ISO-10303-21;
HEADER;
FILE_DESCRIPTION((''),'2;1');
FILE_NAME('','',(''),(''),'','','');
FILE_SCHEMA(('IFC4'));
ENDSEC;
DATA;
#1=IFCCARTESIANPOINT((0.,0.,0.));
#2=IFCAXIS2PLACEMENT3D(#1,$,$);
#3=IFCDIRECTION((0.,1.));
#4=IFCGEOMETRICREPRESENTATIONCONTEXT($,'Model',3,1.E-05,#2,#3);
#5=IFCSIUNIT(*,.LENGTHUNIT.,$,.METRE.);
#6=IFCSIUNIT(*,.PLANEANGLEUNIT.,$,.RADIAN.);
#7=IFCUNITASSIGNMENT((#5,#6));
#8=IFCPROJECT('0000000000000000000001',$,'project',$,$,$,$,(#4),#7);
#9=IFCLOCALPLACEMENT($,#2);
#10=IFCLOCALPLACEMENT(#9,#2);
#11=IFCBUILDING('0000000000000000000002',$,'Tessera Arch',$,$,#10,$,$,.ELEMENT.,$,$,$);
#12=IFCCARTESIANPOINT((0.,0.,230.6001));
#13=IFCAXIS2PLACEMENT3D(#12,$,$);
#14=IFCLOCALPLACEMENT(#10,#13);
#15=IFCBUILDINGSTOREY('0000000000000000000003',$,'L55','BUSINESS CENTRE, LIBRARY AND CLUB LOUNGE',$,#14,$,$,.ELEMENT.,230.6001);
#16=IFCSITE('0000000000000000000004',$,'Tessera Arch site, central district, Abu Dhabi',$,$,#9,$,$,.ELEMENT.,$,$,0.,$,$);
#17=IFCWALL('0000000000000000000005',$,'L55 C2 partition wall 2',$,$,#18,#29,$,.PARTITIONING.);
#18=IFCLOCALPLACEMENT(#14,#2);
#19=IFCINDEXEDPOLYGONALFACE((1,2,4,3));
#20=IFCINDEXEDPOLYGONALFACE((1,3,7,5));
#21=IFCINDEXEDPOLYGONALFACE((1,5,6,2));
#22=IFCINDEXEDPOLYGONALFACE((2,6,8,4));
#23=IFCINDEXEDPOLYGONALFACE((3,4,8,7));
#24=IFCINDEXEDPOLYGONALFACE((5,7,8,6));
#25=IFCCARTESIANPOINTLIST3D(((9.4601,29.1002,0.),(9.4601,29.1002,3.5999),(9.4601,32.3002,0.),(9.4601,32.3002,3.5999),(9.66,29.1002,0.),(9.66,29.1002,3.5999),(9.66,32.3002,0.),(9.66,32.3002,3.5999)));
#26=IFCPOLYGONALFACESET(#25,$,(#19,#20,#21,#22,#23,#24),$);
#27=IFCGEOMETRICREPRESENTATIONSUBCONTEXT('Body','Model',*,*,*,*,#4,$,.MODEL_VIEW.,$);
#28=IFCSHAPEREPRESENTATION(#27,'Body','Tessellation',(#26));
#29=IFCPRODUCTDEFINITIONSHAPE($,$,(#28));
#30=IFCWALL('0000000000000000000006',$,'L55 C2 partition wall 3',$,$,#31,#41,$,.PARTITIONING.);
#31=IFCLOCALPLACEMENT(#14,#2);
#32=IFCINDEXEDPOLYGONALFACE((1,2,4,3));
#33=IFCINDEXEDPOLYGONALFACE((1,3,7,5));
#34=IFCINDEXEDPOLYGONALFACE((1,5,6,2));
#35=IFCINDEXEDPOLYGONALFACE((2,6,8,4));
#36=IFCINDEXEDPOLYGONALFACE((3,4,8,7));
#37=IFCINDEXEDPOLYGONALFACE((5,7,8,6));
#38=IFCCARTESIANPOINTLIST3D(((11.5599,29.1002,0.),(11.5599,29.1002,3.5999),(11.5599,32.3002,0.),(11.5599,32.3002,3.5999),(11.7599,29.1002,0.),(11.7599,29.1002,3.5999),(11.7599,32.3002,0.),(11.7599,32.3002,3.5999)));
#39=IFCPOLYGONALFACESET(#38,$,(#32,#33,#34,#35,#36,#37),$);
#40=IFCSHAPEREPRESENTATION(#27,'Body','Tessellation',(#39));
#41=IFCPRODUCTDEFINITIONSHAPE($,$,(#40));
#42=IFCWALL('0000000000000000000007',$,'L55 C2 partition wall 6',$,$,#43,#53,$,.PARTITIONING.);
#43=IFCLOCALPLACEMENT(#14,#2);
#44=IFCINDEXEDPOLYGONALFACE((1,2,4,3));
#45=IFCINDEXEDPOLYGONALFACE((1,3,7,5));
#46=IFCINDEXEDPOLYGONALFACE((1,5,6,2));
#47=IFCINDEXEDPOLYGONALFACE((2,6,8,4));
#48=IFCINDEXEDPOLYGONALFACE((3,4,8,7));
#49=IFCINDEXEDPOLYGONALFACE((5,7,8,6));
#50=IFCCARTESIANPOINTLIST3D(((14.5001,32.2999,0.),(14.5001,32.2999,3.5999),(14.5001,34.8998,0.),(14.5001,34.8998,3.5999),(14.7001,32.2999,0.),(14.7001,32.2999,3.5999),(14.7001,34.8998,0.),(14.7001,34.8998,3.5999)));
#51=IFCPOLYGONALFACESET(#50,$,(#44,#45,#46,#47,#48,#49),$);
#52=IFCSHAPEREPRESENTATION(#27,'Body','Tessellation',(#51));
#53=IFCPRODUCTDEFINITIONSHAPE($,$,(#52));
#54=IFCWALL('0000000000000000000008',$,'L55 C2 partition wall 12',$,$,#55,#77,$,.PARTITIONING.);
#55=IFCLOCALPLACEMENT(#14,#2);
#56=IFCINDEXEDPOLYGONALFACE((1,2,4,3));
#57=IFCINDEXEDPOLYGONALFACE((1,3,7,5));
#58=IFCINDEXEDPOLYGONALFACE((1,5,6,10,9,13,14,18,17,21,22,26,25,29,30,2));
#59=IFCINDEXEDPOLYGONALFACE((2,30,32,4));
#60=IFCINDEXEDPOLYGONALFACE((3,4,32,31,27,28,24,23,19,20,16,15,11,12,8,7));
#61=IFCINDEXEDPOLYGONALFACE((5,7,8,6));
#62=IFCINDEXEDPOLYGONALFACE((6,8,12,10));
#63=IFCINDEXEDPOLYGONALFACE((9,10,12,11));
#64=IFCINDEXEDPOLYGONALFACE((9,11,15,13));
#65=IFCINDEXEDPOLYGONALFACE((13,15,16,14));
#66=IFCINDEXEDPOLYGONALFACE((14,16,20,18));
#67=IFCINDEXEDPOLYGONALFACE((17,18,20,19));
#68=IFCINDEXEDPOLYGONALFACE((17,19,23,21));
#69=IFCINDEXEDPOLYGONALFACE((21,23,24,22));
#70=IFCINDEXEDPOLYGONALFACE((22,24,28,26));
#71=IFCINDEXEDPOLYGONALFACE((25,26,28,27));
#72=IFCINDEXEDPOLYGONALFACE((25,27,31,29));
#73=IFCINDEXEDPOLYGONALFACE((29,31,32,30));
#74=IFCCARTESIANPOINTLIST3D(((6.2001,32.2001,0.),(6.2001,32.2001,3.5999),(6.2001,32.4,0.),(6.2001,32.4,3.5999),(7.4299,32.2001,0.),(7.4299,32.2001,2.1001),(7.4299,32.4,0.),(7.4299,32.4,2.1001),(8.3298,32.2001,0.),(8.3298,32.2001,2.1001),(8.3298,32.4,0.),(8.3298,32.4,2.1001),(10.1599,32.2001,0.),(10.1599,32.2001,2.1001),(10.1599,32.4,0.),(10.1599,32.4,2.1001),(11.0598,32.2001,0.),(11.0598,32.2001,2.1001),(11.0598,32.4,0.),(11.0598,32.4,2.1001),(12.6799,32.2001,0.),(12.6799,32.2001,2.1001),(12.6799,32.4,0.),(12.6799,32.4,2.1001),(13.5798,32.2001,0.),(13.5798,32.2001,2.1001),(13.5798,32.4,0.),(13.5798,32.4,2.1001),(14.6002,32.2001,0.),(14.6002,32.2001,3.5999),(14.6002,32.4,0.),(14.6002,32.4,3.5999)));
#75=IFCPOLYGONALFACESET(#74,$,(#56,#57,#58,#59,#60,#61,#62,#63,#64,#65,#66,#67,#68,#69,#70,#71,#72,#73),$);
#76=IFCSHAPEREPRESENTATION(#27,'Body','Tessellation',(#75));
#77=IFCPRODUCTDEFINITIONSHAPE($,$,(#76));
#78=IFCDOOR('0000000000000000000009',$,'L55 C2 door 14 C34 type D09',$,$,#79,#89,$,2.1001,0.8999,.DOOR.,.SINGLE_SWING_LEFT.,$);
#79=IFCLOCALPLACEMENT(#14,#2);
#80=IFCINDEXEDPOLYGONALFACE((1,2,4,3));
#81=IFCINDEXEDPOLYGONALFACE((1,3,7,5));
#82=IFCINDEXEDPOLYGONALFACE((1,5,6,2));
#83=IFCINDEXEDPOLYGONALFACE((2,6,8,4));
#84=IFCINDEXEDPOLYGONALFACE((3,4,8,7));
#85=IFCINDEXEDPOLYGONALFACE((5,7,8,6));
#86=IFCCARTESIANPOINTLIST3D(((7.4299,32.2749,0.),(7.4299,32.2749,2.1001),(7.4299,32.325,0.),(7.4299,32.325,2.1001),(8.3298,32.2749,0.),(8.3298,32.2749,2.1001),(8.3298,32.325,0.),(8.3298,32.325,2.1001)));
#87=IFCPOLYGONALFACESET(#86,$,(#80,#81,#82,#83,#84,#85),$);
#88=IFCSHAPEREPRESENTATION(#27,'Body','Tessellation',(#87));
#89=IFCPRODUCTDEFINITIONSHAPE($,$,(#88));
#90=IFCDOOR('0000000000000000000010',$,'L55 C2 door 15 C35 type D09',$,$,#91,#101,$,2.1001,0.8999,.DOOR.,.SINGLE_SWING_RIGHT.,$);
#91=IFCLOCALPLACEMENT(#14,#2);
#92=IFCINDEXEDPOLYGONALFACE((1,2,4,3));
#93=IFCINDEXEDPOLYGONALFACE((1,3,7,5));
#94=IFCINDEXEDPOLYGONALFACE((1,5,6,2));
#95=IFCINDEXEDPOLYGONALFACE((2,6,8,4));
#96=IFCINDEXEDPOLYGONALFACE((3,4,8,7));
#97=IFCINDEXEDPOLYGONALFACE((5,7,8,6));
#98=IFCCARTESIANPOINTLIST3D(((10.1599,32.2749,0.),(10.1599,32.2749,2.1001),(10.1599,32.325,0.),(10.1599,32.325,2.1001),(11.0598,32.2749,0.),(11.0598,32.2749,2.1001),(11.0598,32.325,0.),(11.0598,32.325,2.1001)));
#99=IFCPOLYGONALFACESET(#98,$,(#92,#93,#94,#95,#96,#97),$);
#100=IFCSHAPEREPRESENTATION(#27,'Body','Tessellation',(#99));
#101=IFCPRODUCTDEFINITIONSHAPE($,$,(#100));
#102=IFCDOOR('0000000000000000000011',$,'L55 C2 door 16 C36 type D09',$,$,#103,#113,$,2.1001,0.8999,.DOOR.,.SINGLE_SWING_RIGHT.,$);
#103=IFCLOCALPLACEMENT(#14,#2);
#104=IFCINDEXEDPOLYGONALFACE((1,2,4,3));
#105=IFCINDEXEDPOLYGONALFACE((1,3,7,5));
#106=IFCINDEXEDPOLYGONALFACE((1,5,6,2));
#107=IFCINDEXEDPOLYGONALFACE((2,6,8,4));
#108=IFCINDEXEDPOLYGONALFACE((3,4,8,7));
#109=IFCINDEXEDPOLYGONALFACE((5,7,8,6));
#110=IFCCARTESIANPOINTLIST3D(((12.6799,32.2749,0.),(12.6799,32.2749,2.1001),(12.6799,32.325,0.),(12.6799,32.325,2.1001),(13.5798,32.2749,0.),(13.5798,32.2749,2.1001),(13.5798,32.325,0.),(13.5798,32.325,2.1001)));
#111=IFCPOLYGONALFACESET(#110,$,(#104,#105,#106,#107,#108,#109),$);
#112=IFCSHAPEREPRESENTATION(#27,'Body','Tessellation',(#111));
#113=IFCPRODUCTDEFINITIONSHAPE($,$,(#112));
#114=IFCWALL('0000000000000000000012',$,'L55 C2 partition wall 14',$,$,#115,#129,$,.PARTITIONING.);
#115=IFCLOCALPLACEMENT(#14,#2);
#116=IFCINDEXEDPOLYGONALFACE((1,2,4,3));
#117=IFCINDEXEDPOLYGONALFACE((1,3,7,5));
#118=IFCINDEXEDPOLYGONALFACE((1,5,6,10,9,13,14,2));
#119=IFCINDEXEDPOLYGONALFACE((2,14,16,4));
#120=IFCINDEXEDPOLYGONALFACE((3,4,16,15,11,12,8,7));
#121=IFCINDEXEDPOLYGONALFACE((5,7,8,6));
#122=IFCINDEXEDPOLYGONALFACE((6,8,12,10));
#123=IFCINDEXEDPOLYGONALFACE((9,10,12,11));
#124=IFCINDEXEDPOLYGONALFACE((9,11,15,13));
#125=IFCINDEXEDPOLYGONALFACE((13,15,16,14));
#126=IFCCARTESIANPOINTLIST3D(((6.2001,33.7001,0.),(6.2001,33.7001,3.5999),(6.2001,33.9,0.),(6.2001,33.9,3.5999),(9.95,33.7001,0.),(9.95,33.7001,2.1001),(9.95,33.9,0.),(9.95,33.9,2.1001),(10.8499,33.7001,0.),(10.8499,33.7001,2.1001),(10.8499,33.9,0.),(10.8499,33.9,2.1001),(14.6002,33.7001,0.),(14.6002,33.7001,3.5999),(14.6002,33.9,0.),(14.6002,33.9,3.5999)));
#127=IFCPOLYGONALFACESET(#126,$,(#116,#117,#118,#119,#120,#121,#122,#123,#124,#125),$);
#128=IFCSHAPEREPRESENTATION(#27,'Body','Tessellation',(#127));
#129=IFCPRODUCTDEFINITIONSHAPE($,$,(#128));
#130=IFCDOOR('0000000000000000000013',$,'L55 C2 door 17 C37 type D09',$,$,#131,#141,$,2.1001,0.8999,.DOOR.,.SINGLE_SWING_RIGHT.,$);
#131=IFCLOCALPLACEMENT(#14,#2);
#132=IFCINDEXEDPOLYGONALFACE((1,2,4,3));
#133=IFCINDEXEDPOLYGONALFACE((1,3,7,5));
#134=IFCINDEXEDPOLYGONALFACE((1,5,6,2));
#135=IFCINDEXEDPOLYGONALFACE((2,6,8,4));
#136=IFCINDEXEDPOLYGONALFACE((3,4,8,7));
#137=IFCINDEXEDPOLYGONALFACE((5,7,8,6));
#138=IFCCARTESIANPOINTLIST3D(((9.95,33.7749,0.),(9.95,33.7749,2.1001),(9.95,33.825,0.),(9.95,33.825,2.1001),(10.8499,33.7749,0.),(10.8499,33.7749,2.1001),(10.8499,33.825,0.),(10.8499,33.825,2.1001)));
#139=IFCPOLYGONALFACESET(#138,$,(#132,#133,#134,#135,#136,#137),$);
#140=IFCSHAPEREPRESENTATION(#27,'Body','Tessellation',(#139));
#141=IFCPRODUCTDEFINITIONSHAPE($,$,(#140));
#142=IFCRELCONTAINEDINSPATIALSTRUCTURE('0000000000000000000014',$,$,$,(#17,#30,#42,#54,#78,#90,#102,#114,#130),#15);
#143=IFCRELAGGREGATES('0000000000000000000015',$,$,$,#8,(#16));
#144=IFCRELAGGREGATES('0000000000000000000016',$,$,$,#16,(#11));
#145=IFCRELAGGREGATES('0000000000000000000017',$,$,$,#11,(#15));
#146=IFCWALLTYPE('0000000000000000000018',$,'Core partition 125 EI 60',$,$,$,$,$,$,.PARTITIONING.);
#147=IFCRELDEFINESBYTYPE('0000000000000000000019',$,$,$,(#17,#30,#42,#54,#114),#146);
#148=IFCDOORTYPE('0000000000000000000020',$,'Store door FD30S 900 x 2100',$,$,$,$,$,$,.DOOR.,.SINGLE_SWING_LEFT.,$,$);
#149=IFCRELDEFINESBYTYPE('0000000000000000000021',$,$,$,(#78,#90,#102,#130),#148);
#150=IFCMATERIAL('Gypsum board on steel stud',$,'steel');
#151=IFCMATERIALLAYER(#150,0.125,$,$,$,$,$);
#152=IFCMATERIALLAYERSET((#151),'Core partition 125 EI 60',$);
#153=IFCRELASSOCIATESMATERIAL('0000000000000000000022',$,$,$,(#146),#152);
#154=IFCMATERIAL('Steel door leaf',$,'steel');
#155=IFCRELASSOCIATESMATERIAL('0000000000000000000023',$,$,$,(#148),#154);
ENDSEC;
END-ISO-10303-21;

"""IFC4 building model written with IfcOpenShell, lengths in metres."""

from ifc_helpers import new_model, si_unit, direction, frame, frame_2d, origin, place, context, subcontext, project, spatial, rectangle, extrude, material, layer, layer_set, type_object, element, fill, save


model = new_model("IFC4")

# Units and contexts
model_context = context("Model", 3, precision=1e-05, world=origin(), true_north=direction((0.0, 1.0)))
body_context = subcontext(model_context, "Body", "Model", "MODEL_VIEW")
ifc_project = project(units=[si_unit("LENGTHUNIT", "METRE"), si_unit("PLANEANGLEUNIT", "RADIAN")], contexts=[model_context])

# Site, building, storey
site_placement = place(None, origin())
site = spatial("IfcSite", under=ifc_project, at=site_placement, Name="Tessera Arch site, central district, Abu Dhabi", CompositionType="ELEMENT", RefElevation=0.0)
building_placement = place(site_placement, origin())
building = spatial("IfcBuilding", under=site, at=building_placement, Name="Tessera Arch", CompositionType="ELEMENT")
storey_placement = place(building_placement, frame((0.0, 0.0, 230.6001)))
storey = spatial("IfcBuildingStorey", under=building, at=storey_placement, Name="L55", Description="BUSINESS CENTRE, LIBRARY AND CLUB LOUNGE", CompositionType="ELEMENT", Elevation=230.6001)

# Walls
ifc_material_1 = material(Name="Gypsum board on steel stud", Category="steel")
ifc_layer_1 = layer(ifc_material_1, 0.125)
ifc_layer_set_1 = layer_set([ifc_layer_1], Name="Core partition 125 EI 60")
wall_type_1 = type_object("IfcWallType", Name="Core partition 125 EI 60", PredefinedType="PARTITIONING", material=ifc_layer_set_1)
for number, where, z_axis, x_axis, name in (
    (1, (9.5601, 29.1001, 0.0), (0.0, 0.0, 1.0), (0.0, 1.0, 0.0), "L55 C2 partition wall 2"),
    (2, (11.6599, 29.1001, 0.0), (0.0, 0.0, 1.0), (0.0, 1.0, 0.0), "L55 C2 partition wall 3"),
):
    element("IfcWall", number, at=place(storey_placement, frame(where, z_axis=z_axis, x_axis=x_axis)), inside=storey, type_object=wall_type_1, Name=name, PredefinedType="PARTITIONING", context=body_context, shape_type="SweptSolid", body=[
        extrude(rectangle(XDim=3.2, YDim=0.2, at=frame_2d((1.6001, 0.0))), origin(), (0.0, 0.0, 1.0), 3.5999),
    ])
wall_1_placement = place(storey_placement, frame((14.6001, 32.3, 0.0), z_axis=(0.0, 0.0, 1.0), x_axis=(0.0, 1.0, 0.0)))
element("IfcWall", 3, at=wall_1_placement, inside=storey, type_object=wall_type_1, Name="L55 C2 partition wall 6", PredefinedType="PARTITIONING", context=body_context, shape_type="SweptSolid", body=[
    extrude(rectangle(XDim=2.5999, YDim=0.2, at=frame_2d((1.2998, 0.0))), origin(), (0.0, 0.0, 1.0), 3.5999),
])

# Wall, openings, doors
wall_2_placement = place(storey_placement, frame((6.2, 32.3, 0.0), z_axis=(0.0, 0.0, 1.0), x_axis=(1.0, 0.0, 0.0)))
wall_2 = element("IfcWall", 4, at=wall_2_placement, inside=storey, type_object=wall_type_1, Name="L55 C2 partition wall 12", PredefinedType="PARTITIONING", context=body_context, shape_type="SweptSolid", body=[
    extrude(rectangle(XDim=8.4001, YDim=0.2, at=frame_2d((4.2002, 0.0))), origin(), (0.0, 0.0, 1.0), 3.5999),
])
opening_1_placement = place(wall_2_placement, frame((1.23, 0.0, 0.0)))
opening_1 = element("IfcOpeningElement", 5, at=opening_1_placement, cuts=wall_2, PredefinedType="OPENING", context=body_context, shape_type="SweptSolid", body=[
    extrude(rectangle(XDim=0.8999, YDim=2.1001, at=frame_2d((0.45, 1.05))), frame((0.0, 0.1099, 0.0), z_axis=(0.0, -1.0, 0.0), x_axis=(1.0, 0.0, 0.0)), (0.0, 0.0, 1.0), 0.22),
])
opening_2_placement = place(wall_2_placement, frame((3.96, 0.0, 0.0)))
opening_2 = element("IfcOpeningElement", 6, at=opening_2_placement, cuts=wall_2, PredefinedType="OPENING", context=body_context, shape_type="SweptSolid", body=[
    extrude(rectangle(XDim=0.8999, YDim=2.1001, at=frame_2d((0.45, 1.05))), frame((0.0, 0.1099, 0.0), z_axis=(0.0, -1.0, 0.0), x_axis=(1.0, 0.0, 0.0)), (0.0, 0.0, 1.0), 0.22),
])
opening_3_placement = place(wall_2_placement, frame((6.48, 0.0, 0.0)))
opening_3 = element("IfcOpeningElement", 7, at=opening_3_placement, cuts=wall_2, PredefinedType="OPENING", context=body_context, shape_type="SweptSolid", body=[
    extrude(rectangle(XDim=0.8999, YDim=2.1001, at=frame_2d((0.45, 1.05))), frame((0.0, 0.1099, 0.0), z_axis=(0.0, -1.0, 0.0), x_axis=(1.0, 0.0, 0.0)), (0.0, 0.0, 1.0), 0.22),
])
ifc_material_2 = material(Name="Steel door leaf", Category="steel")
door_type_1 = type_object("IfcDoorType", Name="Store door FD30S 900 x 2100", OperationType="SINGLE_SWING_LEFT", PredefinedType="DOOR", material=ifc_material_2)
door_1_placement = place(opening_1_placement, origin())
door_1 = element("IfcDoor", 8, at=door_1_placement, inside=storey, type_object=door_type_1, Name="L55 C2 door 14 C34 type D09", OperationType="SINGLE_SWING_LEFT", OverallHeight=2.1001, OverallWidth=0.8999, PredefinedType="DOOR", context=body_context, shape_type="SweptSolid", body=[
    extrude(rectangle(XDim=0.8999, YDim=2.1001, at=frame_2d((0.45, 1.05))), frame((0.0, 0.0249, 0.0), z_axis=(0.0, -1.0, 0.0), x_axis=(1.0, 0.0, 0.0)), (0.0, 0.0, 1.0), 0.05),
])
fill(opening_1, door_1)
door_2_placement = place(opening_2_placement, origin())
door_2 = element("IfcDoor", 9, at=door_2_placement, inside=storey, type_object=door_type_1, Name="L55 C2 door 15 C35 type D09", OperationType="SINGLE_SWING_RIGHT", OverallHeight=2.1001, OverallWidth=0.8999, PredefinedType="DOOR", context=body_context, shape_type="SweptSolid", body=[
    extrude(rectangle(XDim=0.8999, YDim=2.1001, at=frame_2d((0.45, 1.05))), frame((0.0, 0.0249, 0.0), z_axis=(0.0, -1.0, 0.0), x_axis=(1.0, 0.0, 0.0)), (0.0, 0.0, 1.0), 0.05),
])
fill(opening_2, door_2)
door_3_placement = place(opening_3_placement, origin())
door_3 = element("IfcDoor", 10, at=door_3_placement, inside=storey, type_object=door_type_1, Name="L55 C2 door 16 C36 type D09", OperationType="SINGLE_SWING_RIGHT", OverallHeight=2.1001, OverallWidth=0.8999, PredefinedType="DOOR", context=body_context, shape_type="SweptSolid", body=[
    extrude(rectangle(XDim=0.8999, YDim=2.1001, at=frame_2d((0.45, 1.05))), frame((0.0, 0.0249, 0.0), z_axis=(0.0, -1.0, 0.0), x_axis=(1.0, 0.0, 0.0)), (0.0, 0.0, 1.0), 0.05),
])
fill(opening_3, door_3)

# Wall, opening, door
wall_3_placement = place(storey_placement, frame((6.2, 33.8, 0.0), z_axis=(0.0, 0.0, 1.0), x_axis=(1.0, 0.0, 0.0)))
wall_3 = element("IfcWall", 11, at=wall_3_placement, inside=storey, type_object=wall_type_1, Name="L55 C2 partition wall 14", PredefinedType="PARTITIONING", context=body_context, shape_type="SweptSolid", body=[
    extrude(rectangle(XDim=8.4001, YDim=0.2, at=frame_2d((4.2002, 0.0))), origin(), (0.0, 0.0, 1.0), 3.5999),
])
opening_4_placement = place(wall_3_placement, frame((3.75, 0.0, 0.0)))
opening_4 = element("IfcOpeningElement", 12, at=opening_4_placement, cuts=wall_3, PredefinedType="OPENING", context=body_context, shape_type="SweptSolid", body=[
    extrude(rectangle(XDim=0.8999, YDim=2.1001, at=frame_2d((0.45, 1.05))), frame((0.0, 0.1099, 0.0), z_axis=(0.0, -1.0, 0.0), x_axis=(1.0, 0.0, 0.0)), (0.0, 0.0, 1.0), 0.22),
])
door_4_placement = place(opening_4_placement, origin())
door_4 = element("IfcDoor", 13, at=door_4_placement, inside=storey, type_object=door_type_1, Name="L55 C2 door 17 C37 type D09", OperationType="SINGLE_SWING_RIGHT", OverallHeight=2.1001, OverallWidth=0.8999, PredefinedType="DOOR", context=body_context, shape_type="SweptSolid", body=[
    extrude(rectangle(XDim=0.8999, YDim=2.1001, at=frame_2d((0.45, 1.05))), frame((0.0, 0.0249, 0.0), z_axis=(0.0, -1.0, 0.0), x_axis=(1.0, 0.0, 0.0)), (0.0, 0.0, 1.0), 0.05),
])
fill(opening_4, door_4)

save(model, "model.ifc")
